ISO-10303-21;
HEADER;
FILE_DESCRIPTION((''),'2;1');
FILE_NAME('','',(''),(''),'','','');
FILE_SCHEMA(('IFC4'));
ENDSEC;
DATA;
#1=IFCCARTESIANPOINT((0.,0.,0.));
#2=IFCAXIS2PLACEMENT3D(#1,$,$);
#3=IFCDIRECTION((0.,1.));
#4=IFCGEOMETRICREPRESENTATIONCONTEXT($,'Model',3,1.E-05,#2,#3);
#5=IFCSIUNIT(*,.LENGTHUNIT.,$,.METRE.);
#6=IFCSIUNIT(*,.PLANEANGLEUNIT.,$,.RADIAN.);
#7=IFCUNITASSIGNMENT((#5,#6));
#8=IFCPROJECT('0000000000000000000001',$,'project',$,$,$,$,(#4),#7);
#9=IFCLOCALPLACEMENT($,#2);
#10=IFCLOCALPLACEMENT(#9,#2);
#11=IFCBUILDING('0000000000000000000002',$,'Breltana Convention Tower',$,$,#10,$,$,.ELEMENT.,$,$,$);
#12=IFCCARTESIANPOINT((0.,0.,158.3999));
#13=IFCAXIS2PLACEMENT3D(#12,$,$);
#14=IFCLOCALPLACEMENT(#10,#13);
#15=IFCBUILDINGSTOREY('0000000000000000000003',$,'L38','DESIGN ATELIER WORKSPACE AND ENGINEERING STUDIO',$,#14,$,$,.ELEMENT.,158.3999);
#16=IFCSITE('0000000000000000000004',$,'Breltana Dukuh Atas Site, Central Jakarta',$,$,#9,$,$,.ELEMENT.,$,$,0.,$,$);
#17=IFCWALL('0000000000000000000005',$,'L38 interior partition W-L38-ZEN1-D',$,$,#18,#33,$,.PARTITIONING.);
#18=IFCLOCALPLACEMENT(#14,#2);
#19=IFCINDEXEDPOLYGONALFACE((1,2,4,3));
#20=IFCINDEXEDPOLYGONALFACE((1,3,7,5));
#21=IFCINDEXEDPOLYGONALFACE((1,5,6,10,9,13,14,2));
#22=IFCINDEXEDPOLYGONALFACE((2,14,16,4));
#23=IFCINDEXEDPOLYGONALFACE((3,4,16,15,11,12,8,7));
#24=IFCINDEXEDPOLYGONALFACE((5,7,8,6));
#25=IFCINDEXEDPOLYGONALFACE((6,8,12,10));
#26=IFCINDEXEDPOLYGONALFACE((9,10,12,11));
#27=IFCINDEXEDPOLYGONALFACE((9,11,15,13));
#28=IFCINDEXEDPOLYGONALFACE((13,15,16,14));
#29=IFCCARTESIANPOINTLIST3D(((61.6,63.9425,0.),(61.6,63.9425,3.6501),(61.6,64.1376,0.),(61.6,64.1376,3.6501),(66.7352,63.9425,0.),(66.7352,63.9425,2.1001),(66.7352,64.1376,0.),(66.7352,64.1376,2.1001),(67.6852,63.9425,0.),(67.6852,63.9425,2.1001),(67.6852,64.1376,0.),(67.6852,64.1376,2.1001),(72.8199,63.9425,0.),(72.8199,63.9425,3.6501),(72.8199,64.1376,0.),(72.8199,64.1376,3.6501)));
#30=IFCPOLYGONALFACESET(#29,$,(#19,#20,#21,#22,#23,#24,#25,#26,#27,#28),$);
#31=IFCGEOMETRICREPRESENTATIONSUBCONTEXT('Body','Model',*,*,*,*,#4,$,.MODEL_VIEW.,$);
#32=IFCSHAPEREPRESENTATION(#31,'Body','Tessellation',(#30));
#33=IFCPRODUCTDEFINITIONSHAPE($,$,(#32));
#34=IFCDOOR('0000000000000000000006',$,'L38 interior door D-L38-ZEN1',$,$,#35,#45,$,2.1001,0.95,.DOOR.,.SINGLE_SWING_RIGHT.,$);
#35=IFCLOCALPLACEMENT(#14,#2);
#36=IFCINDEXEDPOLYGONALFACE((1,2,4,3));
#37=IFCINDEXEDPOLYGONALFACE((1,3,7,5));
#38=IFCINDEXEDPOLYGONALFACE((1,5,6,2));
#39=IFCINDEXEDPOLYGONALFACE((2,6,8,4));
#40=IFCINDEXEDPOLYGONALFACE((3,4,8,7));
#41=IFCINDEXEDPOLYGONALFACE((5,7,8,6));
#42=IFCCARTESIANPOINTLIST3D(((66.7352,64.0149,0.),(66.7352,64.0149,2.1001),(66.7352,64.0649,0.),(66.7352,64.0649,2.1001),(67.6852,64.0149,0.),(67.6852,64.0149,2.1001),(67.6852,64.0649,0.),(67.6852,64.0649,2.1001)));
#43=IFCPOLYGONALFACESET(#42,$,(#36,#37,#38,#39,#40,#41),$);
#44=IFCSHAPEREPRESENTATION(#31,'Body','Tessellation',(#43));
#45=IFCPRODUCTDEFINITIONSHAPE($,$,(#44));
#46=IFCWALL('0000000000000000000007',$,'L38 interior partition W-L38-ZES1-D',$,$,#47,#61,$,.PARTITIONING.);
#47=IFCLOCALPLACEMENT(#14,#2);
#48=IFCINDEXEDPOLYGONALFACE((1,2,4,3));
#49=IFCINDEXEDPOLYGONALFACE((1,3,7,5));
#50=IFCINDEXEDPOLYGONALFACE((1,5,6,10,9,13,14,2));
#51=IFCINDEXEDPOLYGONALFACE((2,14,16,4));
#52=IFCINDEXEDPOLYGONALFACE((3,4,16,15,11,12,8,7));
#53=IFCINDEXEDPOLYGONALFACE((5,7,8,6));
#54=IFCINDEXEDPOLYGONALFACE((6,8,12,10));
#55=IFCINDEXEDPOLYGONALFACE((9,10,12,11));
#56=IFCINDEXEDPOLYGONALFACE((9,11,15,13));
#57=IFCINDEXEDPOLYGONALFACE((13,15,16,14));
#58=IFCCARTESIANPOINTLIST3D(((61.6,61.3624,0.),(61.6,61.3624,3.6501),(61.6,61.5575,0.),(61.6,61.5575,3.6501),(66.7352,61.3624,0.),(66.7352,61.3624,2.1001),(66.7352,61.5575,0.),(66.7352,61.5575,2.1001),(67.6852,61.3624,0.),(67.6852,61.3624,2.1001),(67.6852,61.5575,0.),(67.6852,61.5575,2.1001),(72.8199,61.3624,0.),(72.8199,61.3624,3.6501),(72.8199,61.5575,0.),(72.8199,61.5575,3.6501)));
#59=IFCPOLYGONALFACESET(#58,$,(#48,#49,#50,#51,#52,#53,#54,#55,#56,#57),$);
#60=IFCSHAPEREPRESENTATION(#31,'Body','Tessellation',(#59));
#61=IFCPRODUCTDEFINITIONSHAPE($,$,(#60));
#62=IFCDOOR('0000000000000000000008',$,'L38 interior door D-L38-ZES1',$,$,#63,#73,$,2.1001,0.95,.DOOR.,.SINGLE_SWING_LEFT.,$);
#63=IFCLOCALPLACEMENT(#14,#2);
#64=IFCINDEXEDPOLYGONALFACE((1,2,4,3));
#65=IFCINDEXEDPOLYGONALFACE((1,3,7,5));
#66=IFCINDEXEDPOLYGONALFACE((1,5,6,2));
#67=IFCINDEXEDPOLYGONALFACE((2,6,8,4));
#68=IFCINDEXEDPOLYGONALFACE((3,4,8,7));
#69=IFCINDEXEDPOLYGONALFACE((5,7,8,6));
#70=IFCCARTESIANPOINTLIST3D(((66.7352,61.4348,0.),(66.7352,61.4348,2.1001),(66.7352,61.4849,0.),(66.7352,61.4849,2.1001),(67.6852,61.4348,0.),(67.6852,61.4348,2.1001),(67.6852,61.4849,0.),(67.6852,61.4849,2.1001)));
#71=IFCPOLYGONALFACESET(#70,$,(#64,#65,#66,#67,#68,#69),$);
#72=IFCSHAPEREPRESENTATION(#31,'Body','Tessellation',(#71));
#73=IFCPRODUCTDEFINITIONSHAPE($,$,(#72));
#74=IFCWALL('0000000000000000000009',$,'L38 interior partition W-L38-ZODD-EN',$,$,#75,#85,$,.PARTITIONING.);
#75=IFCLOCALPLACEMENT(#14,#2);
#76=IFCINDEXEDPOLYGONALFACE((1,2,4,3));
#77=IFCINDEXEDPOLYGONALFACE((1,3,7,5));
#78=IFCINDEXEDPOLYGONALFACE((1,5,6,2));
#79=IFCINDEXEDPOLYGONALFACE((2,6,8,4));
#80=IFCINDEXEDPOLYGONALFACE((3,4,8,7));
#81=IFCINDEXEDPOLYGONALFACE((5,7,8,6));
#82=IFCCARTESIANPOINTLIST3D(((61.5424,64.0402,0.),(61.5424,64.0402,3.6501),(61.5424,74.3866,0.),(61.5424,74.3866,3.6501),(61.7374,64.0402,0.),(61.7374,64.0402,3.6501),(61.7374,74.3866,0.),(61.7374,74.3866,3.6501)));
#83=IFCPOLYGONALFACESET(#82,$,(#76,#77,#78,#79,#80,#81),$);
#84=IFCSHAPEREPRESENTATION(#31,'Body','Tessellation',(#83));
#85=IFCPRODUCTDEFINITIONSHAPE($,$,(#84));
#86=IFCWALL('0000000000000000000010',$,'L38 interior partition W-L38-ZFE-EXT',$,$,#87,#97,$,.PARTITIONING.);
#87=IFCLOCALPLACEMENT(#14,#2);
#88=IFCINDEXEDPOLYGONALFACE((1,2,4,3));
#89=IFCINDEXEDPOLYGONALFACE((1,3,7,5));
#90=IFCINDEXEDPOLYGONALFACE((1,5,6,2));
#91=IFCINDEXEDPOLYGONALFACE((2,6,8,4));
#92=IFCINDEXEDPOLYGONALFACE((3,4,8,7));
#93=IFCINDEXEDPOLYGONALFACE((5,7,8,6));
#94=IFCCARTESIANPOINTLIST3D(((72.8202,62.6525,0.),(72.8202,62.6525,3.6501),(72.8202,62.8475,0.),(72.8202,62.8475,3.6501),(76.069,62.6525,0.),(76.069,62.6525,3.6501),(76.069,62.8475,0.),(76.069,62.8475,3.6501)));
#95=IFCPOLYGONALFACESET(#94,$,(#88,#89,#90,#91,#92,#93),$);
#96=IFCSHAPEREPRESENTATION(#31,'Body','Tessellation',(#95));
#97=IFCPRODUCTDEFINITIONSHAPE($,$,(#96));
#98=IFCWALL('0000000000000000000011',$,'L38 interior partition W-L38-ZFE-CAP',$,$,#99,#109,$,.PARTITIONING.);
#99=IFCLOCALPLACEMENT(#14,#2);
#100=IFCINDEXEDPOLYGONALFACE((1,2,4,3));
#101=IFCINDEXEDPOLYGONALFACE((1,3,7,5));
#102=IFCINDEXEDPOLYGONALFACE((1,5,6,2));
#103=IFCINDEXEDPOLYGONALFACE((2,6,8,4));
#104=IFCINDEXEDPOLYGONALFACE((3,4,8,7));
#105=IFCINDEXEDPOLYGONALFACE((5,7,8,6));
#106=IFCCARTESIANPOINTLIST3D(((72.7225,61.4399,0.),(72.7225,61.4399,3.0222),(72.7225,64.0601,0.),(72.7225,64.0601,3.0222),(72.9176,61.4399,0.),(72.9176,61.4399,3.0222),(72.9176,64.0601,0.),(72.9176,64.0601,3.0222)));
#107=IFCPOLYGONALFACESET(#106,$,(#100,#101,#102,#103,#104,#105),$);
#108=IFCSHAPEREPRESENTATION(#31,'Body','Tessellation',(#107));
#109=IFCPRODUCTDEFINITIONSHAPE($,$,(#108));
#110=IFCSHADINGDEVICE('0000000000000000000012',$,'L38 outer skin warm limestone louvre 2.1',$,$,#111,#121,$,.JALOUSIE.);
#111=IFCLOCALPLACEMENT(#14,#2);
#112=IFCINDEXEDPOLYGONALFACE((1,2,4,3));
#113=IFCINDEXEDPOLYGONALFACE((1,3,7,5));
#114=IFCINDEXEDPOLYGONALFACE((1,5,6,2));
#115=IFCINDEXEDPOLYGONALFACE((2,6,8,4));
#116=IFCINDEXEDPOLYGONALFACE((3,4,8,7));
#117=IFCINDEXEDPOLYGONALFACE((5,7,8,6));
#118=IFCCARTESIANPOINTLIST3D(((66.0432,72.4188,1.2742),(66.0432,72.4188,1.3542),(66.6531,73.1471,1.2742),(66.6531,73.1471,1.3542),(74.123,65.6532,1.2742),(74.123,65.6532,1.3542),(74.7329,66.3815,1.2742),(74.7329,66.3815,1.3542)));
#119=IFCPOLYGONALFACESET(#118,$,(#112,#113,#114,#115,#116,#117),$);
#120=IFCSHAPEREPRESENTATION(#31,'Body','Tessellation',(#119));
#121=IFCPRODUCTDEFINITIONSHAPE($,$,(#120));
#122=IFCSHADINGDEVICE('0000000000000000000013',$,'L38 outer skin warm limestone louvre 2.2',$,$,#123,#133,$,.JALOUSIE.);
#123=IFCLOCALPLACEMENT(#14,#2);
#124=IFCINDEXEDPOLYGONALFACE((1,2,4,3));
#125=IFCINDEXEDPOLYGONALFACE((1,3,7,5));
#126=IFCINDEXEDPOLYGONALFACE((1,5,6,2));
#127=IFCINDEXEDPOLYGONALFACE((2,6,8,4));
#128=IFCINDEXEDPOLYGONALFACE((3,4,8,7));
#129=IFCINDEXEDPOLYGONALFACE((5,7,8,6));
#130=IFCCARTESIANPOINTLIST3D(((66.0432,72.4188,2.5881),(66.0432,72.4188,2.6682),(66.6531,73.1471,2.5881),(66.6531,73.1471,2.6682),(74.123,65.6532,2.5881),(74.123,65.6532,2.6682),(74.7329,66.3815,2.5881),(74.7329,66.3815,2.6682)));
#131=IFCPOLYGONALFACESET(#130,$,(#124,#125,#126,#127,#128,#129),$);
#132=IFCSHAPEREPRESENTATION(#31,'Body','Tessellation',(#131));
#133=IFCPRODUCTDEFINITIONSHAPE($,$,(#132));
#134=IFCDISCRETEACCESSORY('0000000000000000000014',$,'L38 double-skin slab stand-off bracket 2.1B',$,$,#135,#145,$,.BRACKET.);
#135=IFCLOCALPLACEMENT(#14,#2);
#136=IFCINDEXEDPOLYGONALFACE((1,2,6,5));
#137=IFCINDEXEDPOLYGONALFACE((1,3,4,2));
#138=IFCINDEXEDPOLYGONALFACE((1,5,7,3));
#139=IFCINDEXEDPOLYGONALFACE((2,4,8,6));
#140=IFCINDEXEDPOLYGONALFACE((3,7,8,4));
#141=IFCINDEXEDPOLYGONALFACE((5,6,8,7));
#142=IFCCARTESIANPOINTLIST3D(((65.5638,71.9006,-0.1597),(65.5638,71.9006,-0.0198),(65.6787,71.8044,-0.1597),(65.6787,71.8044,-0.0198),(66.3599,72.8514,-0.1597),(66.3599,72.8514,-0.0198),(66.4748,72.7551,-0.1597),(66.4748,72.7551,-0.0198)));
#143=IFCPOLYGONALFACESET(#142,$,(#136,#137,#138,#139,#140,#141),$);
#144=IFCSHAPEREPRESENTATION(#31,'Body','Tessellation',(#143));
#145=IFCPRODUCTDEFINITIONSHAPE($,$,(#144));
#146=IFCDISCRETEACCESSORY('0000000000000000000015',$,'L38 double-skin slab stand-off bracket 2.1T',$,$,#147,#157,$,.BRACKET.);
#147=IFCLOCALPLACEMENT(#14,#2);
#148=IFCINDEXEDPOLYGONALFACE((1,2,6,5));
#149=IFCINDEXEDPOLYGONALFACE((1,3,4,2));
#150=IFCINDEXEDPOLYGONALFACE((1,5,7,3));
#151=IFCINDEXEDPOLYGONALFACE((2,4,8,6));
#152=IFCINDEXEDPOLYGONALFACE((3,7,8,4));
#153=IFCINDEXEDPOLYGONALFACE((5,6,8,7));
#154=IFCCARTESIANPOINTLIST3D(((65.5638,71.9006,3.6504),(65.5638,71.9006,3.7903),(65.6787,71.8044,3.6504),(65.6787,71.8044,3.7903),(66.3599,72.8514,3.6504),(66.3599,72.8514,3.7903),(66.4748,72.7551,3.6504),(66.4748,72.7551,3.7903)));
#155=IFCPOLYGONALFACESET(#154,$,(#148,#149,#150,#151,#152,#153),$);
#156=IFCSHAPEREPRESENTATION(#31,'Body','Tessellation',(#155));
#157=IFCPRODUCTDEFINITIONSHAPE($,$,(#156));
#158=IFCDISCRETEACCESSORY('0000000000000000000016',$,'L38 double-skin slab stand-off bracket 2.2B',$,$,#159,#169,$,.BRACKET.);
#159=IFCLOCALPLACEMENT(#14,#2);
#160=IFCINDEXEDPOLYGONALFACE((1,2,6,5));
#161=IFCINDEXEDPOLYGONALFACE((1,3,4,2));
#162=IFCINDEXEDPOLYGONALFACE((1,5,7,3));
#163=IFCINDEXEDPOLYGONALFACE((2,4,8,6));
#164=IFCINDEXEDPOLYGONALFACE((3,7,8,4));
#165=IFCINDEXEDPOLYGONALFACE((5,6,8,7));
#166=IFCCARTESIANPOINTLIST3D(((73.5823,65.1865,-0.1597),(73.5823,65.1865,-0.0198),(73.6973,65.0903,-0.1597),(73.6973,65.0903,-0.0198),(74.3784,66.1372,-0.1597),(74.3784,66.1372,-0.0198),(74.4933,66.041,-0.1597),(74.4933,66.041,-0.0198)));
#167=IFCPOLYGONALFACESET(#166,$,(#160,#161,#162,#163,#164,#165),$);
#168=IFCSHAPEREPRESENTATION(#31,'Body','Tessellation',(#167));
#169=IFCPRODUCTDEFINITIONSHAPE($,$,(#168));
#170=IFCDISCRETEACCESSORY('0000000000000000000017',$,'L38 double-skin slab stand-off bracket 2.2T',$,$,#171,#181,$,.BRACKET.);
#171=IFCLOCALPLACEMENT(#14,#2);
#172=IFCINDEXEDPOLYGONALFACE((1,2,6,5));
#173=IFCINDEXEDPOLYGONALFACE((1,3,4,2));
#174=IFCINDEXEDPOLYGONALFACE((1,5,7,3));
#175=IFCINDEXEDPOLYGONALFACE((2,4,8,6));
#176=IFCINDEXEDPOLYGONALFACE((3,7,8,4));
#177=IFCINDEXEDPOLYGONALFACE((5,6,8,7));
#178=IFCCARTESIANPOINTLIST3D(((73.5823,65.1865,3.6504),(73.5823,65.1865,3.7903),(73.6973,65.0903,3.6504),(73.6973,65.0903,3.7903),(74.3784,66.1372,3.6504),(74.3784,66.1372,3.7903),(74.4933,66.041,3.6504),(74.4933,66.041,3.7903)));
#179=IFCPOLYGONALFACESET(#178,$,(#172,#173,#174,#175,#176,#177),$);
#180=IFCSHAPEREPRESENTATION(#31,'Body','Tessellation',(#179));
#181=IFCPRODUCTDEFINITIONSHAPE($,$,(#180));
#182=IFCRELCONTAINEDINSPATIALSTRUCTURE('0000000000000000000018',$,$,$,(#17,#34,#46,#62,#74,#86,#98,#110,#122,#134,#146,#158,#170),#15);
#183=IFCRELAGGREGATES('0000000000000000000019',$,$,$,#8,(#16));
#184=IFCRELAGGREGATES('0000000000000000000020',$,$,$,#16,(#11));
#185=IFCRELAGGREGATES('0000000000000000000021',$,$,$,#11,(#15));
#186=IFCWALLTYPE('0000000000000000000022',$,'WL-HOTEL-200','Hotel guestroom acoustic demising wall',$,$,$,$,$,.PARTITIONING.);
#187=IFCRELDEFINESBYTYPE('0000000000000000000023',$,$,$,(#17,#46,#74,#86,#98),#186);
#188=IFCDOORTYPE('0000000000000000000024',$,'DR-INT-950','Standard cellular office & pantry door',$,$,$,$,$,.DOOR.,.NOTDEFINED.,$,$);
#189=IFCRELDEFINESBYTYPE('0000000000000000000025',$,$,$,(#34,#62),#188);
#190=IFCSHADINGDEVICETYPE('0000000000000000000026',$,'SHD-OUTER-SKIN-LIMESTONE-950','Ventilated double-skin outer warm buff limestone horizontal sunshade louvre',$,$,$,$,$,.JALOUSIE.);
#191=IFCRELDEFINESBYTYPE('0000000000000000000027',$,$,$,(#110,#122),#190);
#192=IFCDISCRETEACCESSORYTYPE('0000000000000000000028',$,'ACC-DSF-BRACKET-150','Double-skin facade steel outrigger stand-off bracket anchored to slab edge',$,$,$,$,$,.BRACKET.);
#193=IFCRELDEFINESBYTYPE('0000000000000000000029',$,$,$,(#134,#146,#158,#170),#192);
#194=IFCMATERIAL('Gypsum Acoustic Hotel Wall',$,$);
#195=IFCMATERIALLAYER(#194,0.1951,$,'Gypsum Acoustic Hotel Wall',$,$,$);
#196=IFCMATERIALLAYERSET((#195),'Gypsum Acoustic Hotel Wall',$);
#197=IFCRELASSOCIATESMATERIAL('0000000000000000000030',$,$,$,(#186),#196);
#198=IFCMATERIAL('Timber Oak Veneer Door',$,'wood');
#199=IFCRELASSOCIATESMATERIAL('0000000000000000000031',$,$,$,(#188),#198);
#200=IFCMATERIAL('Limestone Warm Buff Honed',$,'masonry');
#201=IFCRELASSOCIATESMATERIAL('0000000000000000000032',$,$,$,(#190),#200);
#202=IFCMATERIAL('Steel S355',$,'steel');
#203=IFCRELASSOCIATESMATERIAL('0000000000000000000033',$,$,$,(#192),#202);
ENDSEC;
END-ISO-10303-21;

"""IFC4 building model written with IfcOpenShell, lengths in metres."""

from ifc_helpers import new_model, si_unit, direction, frame, frame_2d, origin, origin_2d, place, context, subcontext, project, spatial, rectangle, extrude, source, transform, mapped, material, layer, layer_set, material_profile, profile_set, type_object, type_shapes, element, fill, save


model = new_model("IFC4")

# Units and contexts
model_context = context("Model", 3, precision=1e-05, world=origin(), true_north=direction((0.0, 1.0)))
body_context = subcontext(model_context, "Body", "Model", "MODEL_VIEW")
ifc_project = project(units=[si_unit("LENGTHUNIT", "METRE"), si_unit("PLANEANGLEUNIT", "RADIAN")], contexts=[model_context])

# Site, building, storey
site_placement = place(None, origin())
site = spatial("IfcSite", under=ifc_project, at=site_placement, Name="Breltana Dukuh Atas Site, Central Jakarta", CompositionType="ELEMENT", RefElevation=0.0)
building_placement = place(site_placement, origin())
building = spatial("IfcBuilding", under=site, at=building_placement, Name="Breltana Convention Tower", CompositionType="ELEMENT")
storey_placement = place(building_placement, frame((0.0, 0.0, 158.3999)))
storey = spatial("IfcBuildingStorey", under=building, at=storey_placement, Name="L38", Description="DESIGN ATELIER WORKSPACE AND ENGINEERING STUDIO", CompositionType="ELEMENT", Elevation=158.3999)

# Walls, openings, doors
ifc_material_1 = material(Name="Gypsum Acoustic Hotel Wall")
ifc_layer_1 = layer(ifc_material_1, 0.1951, Name="Gypsum Acoustic Hotel Wall")
ifc_layer_set_1 = layer_set([ifc_layer_1], Name="Gypsum Acoustic Hotel Wall")
wall_type_1 = type_object("IfcWallType", Name="WL-HOTEL-200", Description="Hotel guestroom acoustic demising wall", PredefinedType="PARTITIONING", material=ifc_layer_set_1)
shared_shape_1 = source(origin(), body_context, "Body", "SweptSolid", [
    extrude(rectangle(XDim=11.22, YDim=0.1951, at=frame_2d((5.6099, 0.0))), origin(), (0.0, 0.0, 1.0), 3.6501),
])
wall_1_placement = place(storey_placement, frame((61.6001, 64.04, 0.0), z_axis=(0.0, 0.0, 1.0), x_axis=(1.0, 0.0, 0.0)))
wall_1 = element("IfcWall", 1, at=wall_1_placement, inside=storey, type_object=wall_type_1, Name="L38 interior partition W-L38-ZEN1-D", PredefinedType="PARTITIONING", context=body_context, shape_type="MappedRepresentation", body=[
    mapped(shared_shape_1, transform((0.0, 0.0, 0.0), scale=1.0)),
])
opening_1_placement = place(wall_1_placement, frame((5.135, 0.0, 0.0)))
opening_1 = element("IfcOpeningElement", 2, at=opening_1_placement, cuts=wall_1, PredefinedType="OPENING", context=body_context, shape_type="SweptSolid", body=[
    extrude(rectangle(XDim=0.95, YDim=2.1001, at=frame_2d((0.4751, 1.05))), frame((0.0, 0.1074, 0.0), z_axis=(0.0, -1.0, 0.0), x_axis=(1.0, 0.0, 0.0)), (0.0, 0.0, 1.0), 0.2151),
])
ifc_material_2 = material(Name="Timber Oak Veneer Door", Category="wood")
door_type = type_object("IfcDoorType", Name="DR-INT-950", Description="Standard cellular office & pantry door", OperationType="NOTDEFINED", PredefinedType="DOOR", material=ifc_material_2)
shared_shape_2 = source(origin(), body_context, "Body", "SweptSolid", [
    extrude(rectangle(XDim=0.95, YDim=2.1001, at=frame_2d((0.4751, 1.05))), frame((0.0, 0.0249, 0.0), z_axis=(0.0, -1.0, 0.0), x_axis=(1.0, 0.0, 0.0)), (0.0, 0.0, 1.0), 0.05),
])
type_shapes(door_type, [shared_shape_2])
door_1_placement = place(opening_1_placement, origin())
door_1 = element("IfcDoor", 3, at=door_1_placement, inside=storey, type_object=door_type, Name="L38 interior door D-L38-ZEN1", OperationType="SINGLE_SWING_RIGHT", OverallHeight=2.1001, OverallWidth=0.95, PredefinedType="DOOR", context=body_context, shape_type="MappedRepresentation", body=[
    mapped(shared_shape_2, transform((0.0, 0.0, 0.0), scale=1.0)),
])
fill(opening_1, door_1)
wall_2_placement = place(storey_placement, frame((61.6001, 61.46, 0.0), z_axis=(0.0, 0.0, 1.0), x_axis=(1.0, 0.0, 0.0)))
wall_2 = element("IfcWall", 4, at=wall_2_placement, inside=storey, type_object=wall_type_1, Name="L38 interior partition W-L38-ZES1-D", PredefinedType="PARTITIONING", context=body_context, shape_type="MappedRepresentation", body=[
    mapped(shared_shape_1, transform((0.0, 0.0, 0.0), scale=1.0)),
])
opening_2_placement = place(wall_2_placement, frame((5.135, 0.0, 0.0)))
opening_2 = element("IfcOpeningElement", 5, at=opening_2_placement, cuts=wall_2, PredefinedType="OPENING", context=body_context, shape_type="SweptSolid", body=[
    extrude(rectangle(XDim=0.95, YDim=2.1001, at=frame_2d((0.4751, 1.05))), frame((0.0, 0.1074, 0.0), z_axis=(0.0, -1.0, 0.0), x_axis=(1.0, 0.0, 0.0)), (0.0, 0.0, 1.0), 0.2151),
])
door_2_placement = place(opening_2_placement, origin())
door_2 = element("IfcDoor", 6, at=door_2_placement, inside=storey, type_object=door_type, Name="L38 interior door D-L38-ZES1", OperationType="SINGLE_SWING_LEFT", OverallHeight=2.1001, OverallWidth=0.95, PredefinedType="DOOR", context=body_context, shape_type="MappedRepresentation", body=[
    mapped(shared_shape_2, transform((0.0, 0.0, 0.0), scale=1.0)),
])
fill(opening_2, door_2)

# Walls
shared_shape_3 = source(origin(), body_context, "Body", "SweptSolid", [
    extrude(rectangle(XDim=10.3464, YDim=0.1951, at=frame_2d((5.1733, 0.0))), origin(), (0.0, 0.0, 1.0), 3.6501),
])
wall_3_placement = place(storey_placement, frame((61.6399, 64.04, 0.0), z_axis=(0.0, 0.0, 1.0), x_axis=(0.0, 1.0, 0.0)))
element("IfcWall", 7, at=wall_3_placement, inside=storey, type_object=wall_type_1, Name="L38 interior partition W-L38-ZODD-EN", PredefinedType="PARTITIONING", context=body_context, shape_type="MappedRepresentation", body=[
    mapped(shared_shape_3, transform((0.0, 0.0, 0.0), scale=1.0)),
])
shared_shape_4 = source(origin(), body_context, "Body", "SweptSolid", [
    extrude(rectangle(XDim=3.2488, YDim=0.1951, at=frame_2d((1.6245, 0.0))), origin(), (0.0, 0.0, 1.0), 3.6501),
])
wall_4_placement = place(storey_placement, frame((72.8201, 62.75, 0.0), z_axis=(0.0, 0.0, 1.0), x_axis=(1.0, 0.0, 0.0)))
element("IfcWall", 8, at=wall_4_placement, inside=storey, type_object=wall_type_1, Name="L38 interior partition W-L38-ZFE-EXT", PredefinedType="PARTITIONING", context=body_context, shape_type="MappedRepresentation", body=[
    mapped(shared_shape_4, transform((0.0, 0.0, 0.0), scale=1.0)),
])
shared_shape_5 = source(origin(), body_context, "Body", "SweptSolid", [
    extrude(rectangle(XDim=2.6201, YDim=0.1951, at=frame_2d((1.3101, 0.0))), origin(), (0.0, 0.0, 1.0), 3.0222),
])
wall_5_placement = place(storey_placement, frame((72.8201, 61.4399, 0.0), z_axis=(0.0, 0.0, 1.0), x_axis=(0.0, 1.0, 0.0)))
element("IfcWall", 9, at=wall_5_placement, inside=storey, type_object=wall_type_1, Name="L38 interior partition W-L38-ZFE-CAP", PredefinedType="PARTITIONING", context=body_context, shape_type="MappedRepresentation", body=[
    mapped(shared_shape_5, transform((0.0, 0.0, 0.0), scale=1.0)),
])

# Shading devices
ifc_material_3 = material(Name="Limestone Warm Buff Honed", Category="masonry")
ifc_material_profile_1 = material_profile(ifc_material_3, rectangle(XDim=0.95, YDim=0.0801, at=origin_2d()), Name="STN-LVR-950X80")
ifc_profile_set_1 = profile_set([ifc_material_profile_1], Name="Limestone Warm Buff Honed")
shading_device_type = type_object("IfcShadingDeviceType", Name="SHD-OUTER-SKIN-LIMESTONE-950", Description="Ventilated double-skin outer warm buff limestone horizontal sunshade louvre", PredefinedType="JALOUSIE", material=ifc_profile_set_1)
shared_shape_6 = source(origin(), body_context, "Body", "SweptSolid", [
    extrude(rectangle(XDim=0.95, YDim=0.0801, at=origin_2d()), origin(), (0.0, 0.0, 1.0), 10.5383),
])
for number, where, z_axis, x_axis, name in (
    (10, (66.3481, 72.783, 1.3142), (0.766706, -0.641999, 0.0), (0.641999, 0.766706, 0.0), "L38 outer skin warm limestone louvre 2.1"),
    (11, (66.3481, 72.783, 2.6282), (0.766706, -0.641999, 0.0), (0.641999, 0.766706, 0.0), "L38 outer skin warm limestone louvre 2.2"),
):
    element("IfcShadingDevice", number, at=place(storey_placement, frame(where, z_axis=z_axis, x_axis=x_axis)), inside=storey, type_object=shading_device_type, Name=name, PredefinedType="JALOUSIE", context=body_context, shape_type="MappedRepresentation", body=[
        mapped(shared_shape_6, transform((0.0, 0.0, 0.0), scale=1.0)),
    ])

# Discrete accessories
ifc_material_4 = material(Name="Steel S355", Category="steel")
discrete_accessory_type_1 = type_object("IfcDiscreteAccessoryType", Name="ACC-DSF-BRACKET-150", Description="Double-skin facade steel outrigger stand-off bracket anchored to slab edge", PredefinedType="BRACKET", material=ifc_material_4)
shared_shape_7 = source(origin(), body_context, "Body", "SweptSolid", [
    extrude(rectangle(XDim=1.24, YDim=0.1499, at=origin_2d()), origin(), (0.0, 0.0, 1.0), 0.1399),
])
type_shapes(discrete_accessory_type_1, [shared_shape_7])
for number, where, z_axis, x_axis, name in (
    (12, (66.0193, 72.3279, -0.1597), (0.0, 0.0, 1.0), (0.641989, 0.766714, 0.0), "L38 double-skin slab stand-off bracket 2.1B"),
    (13, (66.0193, 72.3279, 3.6504), (0.0, 0.0, 1.0), (0.641989, 0.766714, 0.0), "L38 double-skin slab stand-off bracket 2.1T"),
    (14, (74.0378, 65.6138, -0.1597), (0.0, 0.0, 1.0), (0.641989, 0.766714, 0.0), "L38 double-skin slab stand-off bracket 2.2B"),
    (15, (74.0378, 65.6138, 3.6504), (0.0, 0.0, 1.0), (0.641989, 0.766714, 0.0), "L38 double-skin slab stand-off bracket 2.2T"),
):
    element("IfcDiscreteAccessory", number, at=place(storey_placement, frame(where, z_axis=z_axis, x_axis=x_axis)), inside=storey, type_object=discrete_accessory_type_1, Name=name, PredefinedType="BRACKET", context=body_context, shape_type="MappedRepresentation", body=[
        mapped(shared_shape_7, transform((0.0, 0.0, 0.0), scale=1.0)),
    ])

save(model, "model.ifc")
